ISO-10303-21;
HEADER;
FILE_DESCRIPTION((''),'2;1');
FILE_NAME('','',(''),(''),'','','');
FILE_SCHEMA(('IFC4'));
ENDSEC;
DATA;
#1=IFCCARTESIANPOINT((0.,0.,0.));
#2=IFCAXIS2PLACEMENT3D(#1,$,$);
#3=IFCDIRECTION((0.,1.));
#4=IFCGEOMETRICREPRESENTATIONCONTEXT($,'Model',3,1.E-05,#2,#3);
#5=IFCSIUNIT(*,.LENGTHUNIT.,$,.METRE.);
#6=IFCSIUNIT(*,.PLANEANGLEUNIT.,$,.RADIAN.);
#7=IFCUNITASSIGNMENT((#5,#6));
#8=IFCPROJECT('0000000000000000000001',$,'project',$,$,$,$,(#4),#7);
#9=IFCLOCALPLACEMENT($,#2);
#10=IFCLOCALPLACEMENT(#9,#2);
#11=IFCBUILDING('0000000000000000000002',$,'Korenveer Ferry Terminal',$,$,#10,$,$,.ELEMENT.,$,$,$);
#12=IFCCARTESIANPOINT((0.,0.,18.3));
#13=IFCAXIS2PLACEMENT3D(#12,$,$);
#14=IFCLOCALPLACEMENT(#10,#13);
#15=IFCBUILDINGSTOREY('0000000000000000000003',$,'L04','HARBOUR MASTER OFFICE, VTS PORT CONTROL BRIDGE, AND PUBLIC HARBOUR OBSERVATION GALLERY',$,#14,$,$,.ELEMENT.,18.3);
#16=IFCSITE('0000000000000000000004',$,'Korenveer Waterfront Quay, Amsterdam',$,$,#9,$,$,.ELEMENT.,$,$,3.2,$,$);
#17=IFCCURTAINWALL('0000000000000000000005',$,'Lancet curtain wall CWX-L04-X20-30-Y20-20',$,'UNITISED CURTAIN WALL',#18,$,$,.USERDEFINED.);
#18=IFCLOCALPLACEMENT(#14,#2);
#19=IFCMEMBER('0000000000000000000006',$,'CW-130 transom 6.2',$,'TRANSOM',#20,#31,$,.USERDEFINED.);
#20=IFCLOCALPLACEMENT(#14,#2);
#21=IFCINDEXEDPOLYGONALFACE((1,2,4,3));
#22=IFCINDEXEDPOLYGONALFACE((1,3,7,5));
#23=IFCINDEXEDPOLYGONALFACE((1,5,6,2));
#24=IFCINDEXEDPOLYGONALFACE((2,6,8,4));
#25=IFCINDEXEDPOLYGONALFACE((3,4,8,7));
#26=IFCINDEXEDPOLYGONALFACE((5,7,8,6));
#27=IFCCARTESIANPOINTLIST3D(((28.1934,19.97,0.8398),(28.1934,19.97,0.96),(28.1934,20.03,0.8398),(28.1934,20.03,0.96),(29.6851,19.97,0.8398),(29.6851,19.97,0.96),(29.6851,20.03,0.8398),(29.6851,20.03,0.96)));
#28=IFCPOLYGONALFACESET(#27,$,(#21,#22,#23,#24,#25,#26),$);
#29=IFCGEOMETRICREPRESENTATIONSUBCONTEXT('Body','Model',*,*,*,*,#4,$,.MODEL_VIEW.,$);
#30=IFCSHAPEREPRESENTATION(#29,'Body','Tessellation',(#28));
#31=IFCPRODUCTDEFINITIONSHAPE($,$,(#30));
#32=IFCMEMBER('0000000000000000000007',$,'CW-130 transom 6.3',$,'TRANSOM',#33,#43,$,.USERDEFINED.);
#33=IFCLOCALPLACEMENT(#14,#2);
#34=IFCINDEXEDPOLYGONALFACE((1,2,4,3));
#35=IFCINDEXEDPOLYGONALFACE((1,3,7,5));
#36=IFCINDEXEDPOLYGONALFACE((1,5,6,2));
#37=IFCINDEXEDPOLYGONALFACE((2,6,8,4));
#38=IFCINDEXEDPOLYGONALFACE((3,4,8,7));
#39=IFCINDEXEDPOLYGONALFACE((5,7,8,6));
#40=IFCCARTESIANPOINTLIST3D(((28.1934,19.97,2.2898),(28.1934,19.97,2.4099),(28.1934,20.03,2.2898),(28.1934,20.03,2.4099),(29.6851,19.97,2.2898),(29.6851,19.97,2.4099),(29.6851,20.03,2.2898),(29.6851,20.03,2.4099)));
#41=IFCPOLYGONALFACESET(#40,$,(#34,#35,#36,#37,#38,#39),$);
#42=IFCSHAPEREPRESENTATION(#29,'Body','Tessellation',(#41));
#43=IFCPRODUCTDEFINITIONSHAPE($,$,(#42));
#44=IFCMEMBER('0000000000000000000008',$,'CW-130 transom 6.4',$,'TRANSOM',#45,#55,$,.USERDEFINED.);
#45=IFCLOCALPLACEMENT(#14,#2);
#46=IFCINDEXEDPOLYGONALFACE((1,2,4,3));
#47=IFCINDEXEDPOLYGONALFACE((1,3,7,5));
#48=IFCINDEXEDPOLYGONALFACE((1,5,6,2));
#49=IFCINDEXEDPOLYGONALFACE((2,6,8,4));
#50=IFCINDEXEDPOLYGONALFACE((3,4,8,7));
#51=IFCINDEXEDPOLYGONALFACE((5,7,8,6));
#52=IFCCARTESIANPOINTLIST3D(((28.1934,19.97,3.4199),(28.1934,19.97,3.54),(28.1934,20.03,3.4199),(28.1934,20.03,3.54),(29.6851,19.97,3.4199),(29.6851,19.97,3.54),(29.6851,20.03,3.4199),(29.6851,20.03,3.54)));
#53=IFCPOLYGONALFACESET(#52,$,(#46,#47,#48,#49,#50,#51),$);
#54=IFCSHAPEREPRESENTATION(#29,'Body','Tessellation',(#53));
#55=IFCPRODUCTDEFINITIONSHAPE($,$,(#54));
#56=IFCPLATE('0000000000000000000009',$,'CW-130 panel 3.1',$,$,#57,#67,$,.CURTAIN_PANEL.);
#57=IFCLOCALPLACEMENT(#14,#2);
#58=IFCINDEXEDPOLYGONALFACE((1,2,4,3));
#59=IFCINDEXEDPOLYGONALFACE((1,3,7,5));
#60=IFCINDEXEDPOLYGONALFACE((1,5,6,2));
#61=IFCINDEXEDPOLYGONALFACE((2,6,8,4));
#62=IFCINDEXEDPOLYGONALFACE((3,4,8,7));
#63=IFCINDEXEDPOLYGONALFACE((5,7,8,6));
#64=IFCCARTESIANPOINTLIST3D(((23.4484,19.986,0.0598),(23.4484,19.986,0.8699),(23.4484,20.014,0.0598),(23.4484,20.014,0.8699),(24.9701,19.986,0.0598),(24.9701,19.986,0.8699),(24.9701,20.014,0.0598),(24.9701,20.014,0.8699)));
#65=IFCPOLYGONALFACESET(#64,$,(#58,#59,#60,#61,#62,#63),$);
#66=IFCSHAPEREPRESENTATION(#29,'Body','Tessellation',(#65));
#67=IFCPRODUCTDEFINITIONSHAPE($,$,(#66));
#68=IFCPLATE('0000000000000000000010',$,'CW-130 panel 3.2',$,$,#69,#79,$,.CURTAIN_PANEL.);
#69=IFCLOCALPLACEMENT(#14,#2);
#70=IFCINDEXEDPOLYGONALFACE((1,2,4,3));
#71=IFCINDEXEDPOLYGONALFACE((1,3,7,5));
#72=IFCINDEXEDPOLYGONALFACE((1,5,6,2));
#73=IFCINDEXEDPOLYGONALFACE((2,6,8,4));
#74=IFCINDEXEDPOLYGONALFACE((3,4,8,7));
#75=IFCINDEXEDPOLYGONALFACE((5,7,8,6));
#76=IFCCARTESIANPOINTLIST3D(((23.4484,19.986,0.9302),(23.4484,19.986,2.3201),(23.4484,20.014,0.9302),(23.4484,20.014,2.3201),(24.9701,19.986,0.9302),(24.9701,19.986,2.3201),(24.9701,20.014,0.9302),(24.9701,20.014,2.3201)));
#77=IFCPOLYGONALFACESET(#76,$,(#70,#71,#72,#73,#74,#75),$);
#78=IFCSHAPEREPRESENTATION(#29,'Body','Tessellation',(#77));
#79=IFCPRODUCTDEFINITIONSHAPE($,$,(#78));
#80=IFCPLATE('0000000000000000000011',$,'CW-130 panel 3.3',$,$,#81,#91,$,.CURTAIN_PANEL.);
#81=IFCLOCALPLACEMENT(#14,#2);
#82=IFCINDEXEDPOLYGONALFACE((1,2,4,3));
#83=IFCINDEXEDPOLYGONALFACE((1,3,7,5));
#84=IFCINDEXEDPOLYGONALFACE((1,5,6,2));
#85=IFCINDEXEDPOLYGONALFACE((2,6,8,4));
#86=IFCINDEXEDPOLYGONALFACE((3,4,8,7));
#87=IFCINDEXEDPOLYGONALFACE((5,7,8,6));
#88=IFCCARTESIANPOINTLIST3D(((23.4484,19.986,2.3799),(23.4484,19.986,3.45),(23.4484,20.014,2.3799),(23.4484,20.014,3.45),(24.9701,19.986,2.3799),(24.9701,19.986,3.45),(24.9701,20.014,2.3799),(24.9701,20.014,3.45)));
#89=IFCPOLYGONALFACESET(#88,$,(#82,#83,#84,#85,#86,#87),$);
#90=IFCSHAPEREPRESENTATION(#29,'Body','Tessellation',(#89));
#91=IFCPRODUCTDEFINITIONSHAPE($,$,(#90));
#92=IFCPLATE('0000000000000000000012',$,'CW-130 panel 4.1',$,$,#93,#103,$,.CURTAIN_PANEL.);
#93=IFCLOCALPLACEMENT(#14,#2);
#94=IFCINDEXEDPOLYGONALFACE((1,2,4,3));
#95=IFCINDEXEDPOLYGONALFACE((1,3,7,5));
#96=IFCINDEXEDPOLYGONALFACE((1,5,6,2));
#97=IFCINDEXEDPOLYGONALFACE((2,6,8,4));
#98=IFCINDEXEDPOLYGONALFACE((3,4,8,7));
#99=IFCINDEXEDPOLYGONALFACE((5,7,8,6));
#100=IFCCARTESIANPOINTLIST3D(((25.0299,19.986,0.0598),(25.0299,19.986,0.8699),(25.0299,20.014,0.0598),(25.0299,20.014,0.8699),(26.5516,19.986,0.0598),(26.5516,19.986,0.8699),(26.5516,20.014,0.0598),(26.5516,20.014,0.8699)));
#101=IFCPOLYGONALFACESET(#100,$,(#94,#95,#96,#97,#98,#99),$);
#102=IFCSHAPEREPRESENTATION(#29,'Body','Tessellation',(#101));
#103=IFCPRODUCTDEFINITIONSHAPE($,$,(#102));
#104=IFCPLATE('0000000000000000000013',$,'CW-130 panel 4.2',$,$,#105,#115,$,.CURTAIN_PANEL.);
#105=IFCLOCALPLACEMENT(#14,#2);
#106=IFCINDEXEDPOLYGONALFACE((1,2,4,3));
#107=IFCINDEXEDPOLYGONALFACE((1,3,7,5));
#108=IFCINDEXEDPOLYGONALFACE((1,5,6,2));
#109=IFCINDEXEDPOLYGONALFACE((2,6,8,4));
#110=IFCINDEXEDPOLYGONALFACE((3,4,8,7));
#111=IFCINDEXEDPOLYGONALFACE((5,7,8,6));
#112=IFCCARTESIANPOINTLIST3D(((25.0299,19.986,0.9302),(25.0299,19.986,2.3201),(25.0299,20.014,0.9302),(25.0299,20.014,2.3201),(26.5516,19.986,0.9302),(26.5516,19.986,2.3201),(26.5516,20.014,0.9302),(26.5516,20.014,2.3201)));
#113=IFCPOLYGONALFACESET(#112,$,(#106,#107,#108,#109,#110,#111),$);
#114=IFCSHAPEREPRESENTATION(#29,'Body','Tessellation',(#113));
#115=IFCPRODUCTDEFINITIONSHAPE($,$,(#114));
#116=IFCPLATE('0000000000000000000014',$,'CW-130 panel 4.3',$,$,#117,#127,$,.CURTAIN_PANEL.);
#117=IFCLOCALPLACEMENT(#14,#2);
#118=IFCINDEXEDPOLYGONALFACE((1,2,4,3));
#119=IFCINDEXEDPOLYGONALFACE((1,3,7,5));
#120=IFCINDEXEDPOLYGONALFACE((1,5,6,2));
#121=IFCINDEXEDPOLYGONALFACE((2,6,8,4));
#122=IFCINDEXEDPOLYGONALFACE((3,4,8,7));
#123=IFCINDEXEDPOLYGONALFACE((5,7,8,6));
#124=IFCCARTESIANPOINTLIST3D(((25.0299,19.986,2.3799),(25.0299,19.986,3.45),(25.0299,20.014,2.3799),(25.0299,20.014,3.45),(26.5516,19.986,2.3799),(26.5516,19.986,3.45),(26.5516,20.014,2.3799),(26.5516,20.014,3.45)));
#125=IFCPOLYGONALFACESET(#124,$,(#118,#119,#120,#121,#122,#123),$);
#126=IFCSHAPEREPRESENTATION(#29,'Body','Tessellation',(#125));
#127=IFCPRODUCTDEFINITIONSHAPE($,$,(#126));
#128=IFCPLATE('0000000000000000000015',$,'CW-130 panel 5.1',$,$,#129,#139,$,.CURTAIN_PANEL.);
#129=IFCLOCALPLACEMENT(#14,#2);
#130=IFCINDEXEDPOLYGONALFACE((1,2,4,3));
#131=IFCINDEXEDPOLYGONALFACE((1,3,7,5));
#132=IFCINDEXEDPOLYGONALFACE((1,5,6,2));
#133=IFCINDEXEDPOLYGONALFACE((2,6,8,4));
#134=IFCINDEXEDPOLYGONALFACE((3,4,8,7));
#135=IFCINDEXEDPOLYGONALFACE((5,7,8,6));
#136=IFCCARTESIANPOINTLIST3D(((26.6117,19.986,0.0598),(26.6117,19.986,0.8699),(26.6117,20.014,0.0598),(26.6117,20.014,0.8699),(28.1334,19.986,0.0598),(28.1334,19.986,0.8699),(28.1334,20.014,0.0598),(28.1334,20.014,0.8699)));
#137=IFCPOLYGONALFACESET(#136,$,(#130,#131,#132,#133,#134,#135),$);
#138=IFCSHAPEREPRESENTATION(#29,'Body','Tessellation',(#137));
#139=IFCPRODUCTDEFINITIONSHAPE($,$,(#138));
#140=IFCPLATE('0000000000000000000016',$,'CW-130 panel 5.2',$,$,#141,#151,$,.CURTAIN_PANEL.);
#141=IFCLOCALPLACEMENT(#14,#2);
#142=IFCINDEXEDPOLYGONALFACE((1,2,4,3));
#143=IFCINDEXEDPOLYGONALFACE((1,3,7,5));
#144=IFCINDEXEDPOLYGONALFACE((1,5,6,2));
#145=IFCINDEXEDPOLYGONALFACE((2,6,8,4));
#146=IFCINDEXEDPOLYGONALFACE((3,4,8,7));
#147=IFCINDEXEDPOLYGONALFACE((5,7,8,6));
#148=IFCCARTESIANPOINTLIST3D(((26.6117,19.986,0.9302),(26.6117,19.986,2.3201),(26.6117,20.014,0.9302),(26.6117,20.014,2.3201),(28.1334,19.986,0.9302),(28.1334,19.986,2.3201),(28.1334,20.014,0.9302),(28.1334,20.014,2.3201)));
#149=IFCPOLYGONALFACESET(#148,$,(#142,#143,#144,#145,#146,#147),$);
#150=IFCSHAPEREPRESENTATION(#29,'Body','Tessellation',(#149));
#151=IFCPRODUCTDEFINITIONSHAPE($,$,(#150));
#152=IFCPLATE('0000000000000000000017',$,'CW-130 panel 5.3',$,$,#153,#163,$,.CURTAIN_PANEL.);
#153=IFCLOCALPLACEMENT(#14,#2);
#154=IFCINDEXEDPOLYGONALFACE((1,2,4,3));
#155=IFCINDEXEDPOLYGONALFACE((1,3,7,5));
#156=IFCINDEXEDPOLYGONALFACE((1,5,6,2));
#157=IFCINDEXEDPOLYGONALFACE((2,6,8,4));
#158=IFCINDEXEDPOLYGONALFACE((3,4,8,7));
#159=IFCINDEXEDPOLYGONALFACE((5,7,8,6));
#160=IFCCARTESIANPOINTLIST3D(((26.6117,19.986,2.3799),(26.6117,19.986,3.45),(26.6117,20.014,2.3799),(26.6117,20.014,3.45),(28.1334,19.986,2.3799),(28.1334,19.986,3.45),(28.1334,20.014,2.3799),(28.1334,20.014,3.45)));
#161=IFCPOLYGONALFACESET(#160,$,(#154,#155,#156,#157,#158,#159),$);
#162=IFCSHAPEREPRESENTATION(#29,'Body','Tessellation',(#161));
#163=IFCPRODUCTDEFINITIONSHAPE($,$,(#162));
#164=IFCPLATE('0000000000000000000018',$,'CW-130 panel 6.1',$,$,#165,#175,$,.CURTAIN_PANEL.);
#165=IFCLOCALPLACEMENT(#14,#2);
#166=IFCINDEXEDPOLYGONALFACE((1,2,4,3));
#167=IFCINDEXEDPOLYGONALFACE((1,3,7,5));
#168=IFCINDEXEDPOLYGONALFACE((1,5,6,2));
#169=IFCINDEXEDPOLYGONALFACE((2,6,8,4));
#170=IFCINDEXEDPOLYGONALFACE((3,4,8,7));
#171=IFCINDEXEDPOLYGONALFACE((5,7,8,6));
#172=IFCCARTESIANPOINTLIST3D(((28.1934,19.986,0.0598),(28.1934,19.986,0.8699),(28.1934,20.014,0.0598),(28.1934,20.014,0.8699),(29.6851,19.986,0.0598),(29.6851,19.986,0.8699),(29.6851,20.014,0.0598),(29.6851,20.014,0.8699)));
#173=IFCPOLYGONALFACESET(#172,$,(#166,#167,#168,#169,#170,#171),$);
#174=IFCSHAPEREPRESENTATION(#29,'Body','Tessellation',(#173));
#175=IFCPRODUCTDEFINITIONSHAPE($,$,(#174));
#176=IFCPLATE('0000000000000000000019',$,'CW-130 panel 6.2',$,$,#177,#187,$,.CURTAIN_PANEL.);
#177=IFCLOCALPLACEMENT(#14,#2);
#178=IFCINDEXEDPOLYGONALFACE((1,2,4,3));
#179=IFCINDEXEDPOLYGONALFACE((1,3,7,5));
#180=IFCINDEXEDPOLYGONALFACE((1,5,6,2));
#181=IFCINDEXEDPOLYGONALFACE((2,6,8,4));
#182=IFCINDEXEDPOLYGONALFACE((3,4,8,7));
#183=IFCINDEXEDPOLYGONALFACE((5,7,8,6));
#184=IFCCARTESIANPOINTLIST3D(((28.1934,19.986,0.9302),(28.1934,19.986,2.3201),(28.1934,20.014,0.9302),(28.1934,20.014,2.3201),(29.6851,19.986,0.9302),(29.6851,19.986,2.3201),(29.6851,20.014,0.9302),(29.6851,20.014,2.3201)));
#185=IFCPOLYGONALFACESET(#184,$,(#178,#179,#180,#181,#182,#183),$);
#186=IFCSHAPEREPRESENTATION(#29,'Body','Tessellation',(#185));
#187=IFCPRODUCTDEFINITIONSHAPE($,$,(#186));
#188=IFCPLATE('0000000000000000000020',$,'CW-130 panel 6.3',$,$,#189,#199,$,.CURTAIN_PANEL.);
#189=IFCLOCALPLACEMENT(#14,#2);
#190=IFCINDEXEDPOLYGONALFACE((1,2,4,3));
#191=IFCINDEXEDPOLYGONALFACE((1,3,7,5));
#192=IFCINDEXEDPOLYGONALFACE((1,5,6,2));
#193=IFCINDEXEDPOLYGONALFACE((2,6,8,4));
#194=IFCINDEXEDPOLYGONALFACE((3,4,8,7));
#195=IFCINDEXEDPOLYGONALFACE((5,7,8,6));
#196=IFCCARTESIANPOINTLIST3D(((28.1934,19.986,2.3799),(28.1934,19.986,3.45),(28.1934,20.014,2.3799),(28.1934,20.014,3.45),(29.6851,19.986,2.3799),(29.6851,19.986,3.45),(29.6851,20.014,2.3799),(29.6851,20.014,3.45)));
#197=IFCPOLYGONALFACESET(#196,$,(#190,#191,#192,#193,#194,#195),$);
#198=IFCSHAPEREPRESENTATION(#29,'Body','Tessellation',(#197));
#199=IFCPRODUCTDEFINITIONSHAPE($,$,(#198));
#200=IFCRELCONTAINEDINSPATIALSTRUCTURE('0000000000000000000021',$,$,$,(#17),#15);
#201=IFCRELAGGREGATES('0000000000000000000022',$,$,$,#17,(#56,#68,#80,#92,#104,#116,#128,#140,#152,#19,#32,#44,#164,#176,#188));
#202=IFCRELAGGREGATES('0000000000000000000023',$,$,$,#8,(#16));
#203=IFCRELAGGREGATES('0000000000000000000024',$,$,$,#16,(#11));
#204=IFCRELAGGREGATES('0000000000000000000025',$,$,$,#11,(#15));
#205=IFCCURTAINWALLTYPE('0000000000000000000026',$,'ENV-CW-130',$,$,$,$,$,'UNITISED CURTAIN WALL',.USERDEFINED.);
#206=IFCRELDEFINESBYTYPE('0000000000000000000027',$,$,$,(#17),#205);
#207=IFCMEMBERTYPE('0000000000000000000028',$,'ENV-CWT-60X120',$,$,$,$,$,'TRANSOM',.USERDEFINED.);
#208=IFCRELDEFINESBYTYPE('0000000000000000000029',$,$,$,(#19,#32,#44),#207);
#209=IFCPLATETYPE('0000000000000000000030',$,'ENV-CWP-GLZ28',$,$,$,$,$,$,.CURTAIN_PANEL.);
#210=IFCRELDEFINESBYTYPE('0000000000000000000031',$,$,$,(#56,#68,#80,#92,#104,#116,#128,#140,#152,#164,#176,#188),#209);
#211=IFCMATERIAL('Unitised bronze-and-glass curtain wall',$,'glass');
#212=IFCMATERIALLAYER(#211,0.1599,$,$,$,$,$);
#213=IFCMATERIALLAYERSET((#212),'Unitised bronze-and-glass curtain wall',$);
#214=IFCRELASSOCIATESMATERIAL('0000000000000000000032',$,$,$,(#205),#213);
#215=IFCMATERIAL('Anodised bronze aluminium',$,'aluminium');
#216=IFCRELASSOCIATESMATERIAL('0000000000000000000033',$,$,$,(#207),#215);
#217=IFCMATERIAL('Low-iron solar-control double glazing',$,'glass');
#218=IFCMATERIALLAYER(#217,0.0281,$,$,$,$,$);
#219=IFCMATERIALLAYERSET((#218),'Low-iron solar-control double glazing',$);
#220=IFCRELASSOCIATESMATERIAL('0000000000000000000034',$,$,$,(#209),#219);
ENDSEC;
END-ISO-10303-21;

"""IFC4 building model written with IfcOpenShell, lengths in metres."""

from ifc_helpers import new_model, si_unit, direction, frame, origin, origin_2d, place, context, subcontext, project, spatial, rectangle, extrude, material, layer, layer_set, material_profile, profile_set, type_object, element, aggregate, save


model = new_model("IFC4")

# Units and contexts
model_context = context("Model", 3, precision=1e-05, world=origin(), true_north=direction((0.0, 1.0)))
body_context = subcontext(model_context, "Body", "Model", "MODEL_VIEW")
ifc_project = project(units=[si_unit("LENGTHUNIT", "METRE"), si_unit("PLANEANGLEUNIT", "RADIAN")], contexts=[model_context])

# Site, building, storey
site_placement = place(None, origin())
site = spatial("IfcSite", under=ifc_project, at=site_placement, Name="Korenveer Waterfront Quay, Amsterdam", CompositionType="ELEMENT", RefElevation=3.2)
building_placement = place(site_placement, origin())
building = spatial("IfcBuilding", under=site, at=building_placement, Name="Korenveer Ferry Terminal", CompositionType="ELEMENT")
storey_placement = place(building_placement, frame((0.0, 0.0, 18.3)))
storey = spatial("IfcBuildingStorey", under=building, at=storey_placement, Name="L04", Description="HARBOUR MASTER OFFICE, VTS PORT CONTROL BRIDGE, AND PUBLIC HARBOUR OBSERVATION GALLERY", CompositionType="ELEMENT", Elevation=18.3)

# Curtain wall, members, plates
ifc_material_1 = material(Name="Unitised bronze-and-glass curtain wall", Category="glass")
ifc_layer_1 = layer(ifc_material_1, 0.1599)
ifc_layer_set_1 = layer_set([ifc_layer_1], Name="Unitised bronze-and-glass curtain wall")
curtain_wall_type = type_object("IfcCurtainWallType", Name="ENV-CW-130", ElementType="UNITISED CURTAIN WALL", PredefinedType="USERDEFINED", material=ifc_layer_set_1)
curtain_wall_placement = place(storey_placement, frame((20.2549, 20.0, 0.0)))
curtain_wall = element("IfcCurtainWall", 1, at=curtain_wall_placement, inside=storey, type_object=curtain_wall_type, Name="Lancet curtain wall CWX-L04-X20-30-Y20-20", ObjectType="UNITISED CURTAIN WALL", PredefinedType="USERDEFINED")
ifc_material_2 = material(Name="Anodised bronze aluminium", Category="aluminium")
ifc_material_profile_1 = material_profile(ifc_material_2, rectangle(XDim=0.0601, YDim=0.1201, at=origin_2d()), Name="ALU 60x120")
ifc_profile_set_1 = profile_set([ifc_material_profile_1], Name="Anodised bronze aluminium")
member_type_1 = type_object("IfcMemberType", Name="ENV-CWT-60X120", ElementType="TRANSOM", PredefinedType="USERDEFINED", material=ifc_profile_set_1)
member_1_placement = place(storey_placement, frame((28.1934, 20.0, 0.8999), z_axis=(1.0, 0.0, 0.0), x_axis=(0.0, 1.0, 0.0)))
member_1 = element("IfcMember", 2, at=member_1_placement, type_object=member_type_1, Name="CW-130 transom 6.2", ObjectType="TRANSOM", PredefinedType="USERDEFINED", context=body_context, shape_type="SweptSolid", body=[
    extrude(rectangle(XDim=0.0601, YDim=0.1201, at=origin_2d()), origin(), (0.0, 0.0, 1.0), 1.4917),
])
member_2_placement = place(storey_placement, frame((28.1934, 20.0, 2.3499), z_axis=(1.0, 0.0, 0.0), x_axis=(0.0, 1.0, 0.0)))
member_2 = element("IfcMember", 3, at=member_2_placement, type_object=member_type_1, Name="CW-130 transom 6.3", ObjectType="TRANSOM", PredefinedType="USERDEFINED", context=body_context, shape_type="SweptSolid", body=[
    extrude(rectangle(XDim=0.0601, YDim=0.1201, at=origin_2d()), origin(), (0.0, 0.0, 1.0), 1.4917),
])
member_3_placement = place(storey_placement, frame((28.1934, 20.0, 3.48), z_axis=(1.0, 0.0, 0.0), x_axis=(0.0, 1.0, 0.0)))
member_3 = element("IfcMember", 4, at=member_3_placement, type_object=member_type_1, Name="CW-130 transom 6.4", ObjectType="TRANSOM", PredefinedType="USERDEFINED", context=body_context, shape_type="SweptSolid", body=[
    extrude(rectangle(XDim=0.0601, YDim=0.1201, at=origin_2d()), origin(), (0.0, 0.0, 1.0), 1.4917),
])
ifc_material_3 = material(Name="Low-iron solar-control double glazing", Category="glass")
ifc_layer_2 = layer(ifc_material_3, 0.0281)
ifc_layer_set_2 = layer_set([ifc_layer_2], Name="Low-iron solar-control double glazing")
plate_type = type_object("IfcPlateType", Name="ENV-CWP-GLZ28", PredefinedType="CURTAIN_PANEL", material=ifc_layer_set_2)
plate_1_placement = place(storey_placement, frame((24.2092, 20.0, 0.0598), z_axis=(0.0, 0.0, 1.0), x_axis=(1.0, 0.0, 0.0)))
plate_1 = element("IfcPlate", 5, at=plate_1_placement, type_object=plate_type, Name="CW-130 panel 3.1", PredefinedType="CURTAIN_PANEL", context=body_context, shape_type="SweptSolid", body=[
    extrude(rectangle(XDim=1.5217, YDim=0.0281, at=origin_2d()), origin(), (0.0, 0.0, 1.0), 0.8101),
])
plate_2_placement = place(storey_placement, frame((24.2092, 20.0, 0.9302), z_axis=(0.0, 0.0, 1.0), x_axis=(1.0, 0.0, 0.0)))
plate_2 = element("IfcPlate", 6, at=plate_2_placement, type_object=plate_type, Name="CW-130 panel 3.2", PredefinedType="CURTAIN_PANEL", context=body_context, shape_type="SweptSolid", body=[
    extrude(rectangle(XDim=1.5217, YDim=0.0281, at=origin_2d()), origin(), (0.0, 0.0, 1.0), 1.3899),
])
plate_3_placement = place(storey_placement, frame((24.2092, 20.0, 2.3799), z_axis=(0.0, 0.0, 1.0), x_axis=(1.0, 0.0, 0.0)))
plate_3 = element("IfcPlate", 7, at=plate_3_placement, type_object=plate_type, Name="CW-130 panel 3.3", PredefinedType="CURTAIN_PANEL", context=body_context, shape_type="SweptSolid", body=[
    extrude(rectangle(XDim=1.5217, YDim=0.0281, at=origin_2d()), origin(), (0.0, 0.0, 1.0), 1.0701),
])
plate_4_placement = place(storey_placement, frame((25.7908, 20.0, 0.0598), z_axis=(0.0, 0.0, 1.0), x_axis=(1.0, 0.0, 0.0)))
plate_4 = element("IfcPlate", 8, at=plate_4_placement, type_object=plate_type, Name="CW-130 panel 4.1", PredefinedType="CURTAIN_PANEL", context=body_context, shape_type="SweptSolid", body=[
    extrude(rectangle(XDim=1.5217, YDim=0.0281, at=origin_2d()), origin(), (0.0, 0.0, 1.0), 0.8101),
])
plate_5_placement = place(storey_placement, frame((25.7908, 20.0, 0.9302), z_axis=(0.0, 0.0, 1.0), x_axis=(1.0, 0.0, 0.0)))
plate_5 = element("IfcPlate", 9, at=plate_5_placement, type_object=plate_type, Name="CW-130 panel 4.2", PredefinedType="CURTAIN_PANEL", context=body_context, shape_type="SweptSolid", body=[
    extrude(rectangle(XDim=1.5217, YDim=0.0281, at=origin_2d()), origin(), (0.0, 0.0, 1.0), 1.3899),
])
plate_6_placement = place(storey_placement, frame((25.7908, 20.0, 2.3799), z_axis=(0.0, 0.0, 1.0), x_axis=(1.0, 0.0, 0.0)))
plate_6 = element("IfcPlate", 10, at=plate_6_placement, type_object=plate_type, Name="CW-130 panel 4.3", PredefinedType="CURTAIN_PANEL", context=body_context, shape_type="SweptSolid", body=[
    extrude(rectangle(XDim=1.5217, YDim=0.0281, at=origin_2d()), origin(), (0.0, 0.0, 1.0), 1.0701),
])
plate_7_placement = place(storey_placement, frame((27.3726, 20.0, 0.0598), z_axis=(0.0, 0.0, 1.0), x_axis=(1.0, 0.0, 0.0)))
plate_7 = element("IfcPlate", 11, at=plate_7_placement, type_object=plate_type, Name="CW-130 panel 5.1", PredefinedType="CURTAIN_PANEL", context=body_context, shape_type="SweptSolid", body=[
    extrude(rectangle(XDim=1.5217, YDim=0.0281, at=origin_2d()), origin(), (0.0, 0.0, 1.0), 0.8101),
])
plate_8_placement = place(storey_placement, frame((27.3726, 20.0, 0.9302), z_axis=(0.0, 0.0, 1.0), x_axis=(1.0, 0.0, 0.0)))
plate_8 = element("IfcPlate", 12, at=plate_8_placement, type_object=plate_type, Name="CW-130 panel 5.2", PredefinedType="CURTAIN_PANEL", context=body_context, shape_type="SweptSolid", body=[
    extrude(rectangle(XDim=1.5217, YDim=0.0281, at=origin_2d()), origin(), (0.0, 0.0, 1.0), 1.3899),
])
plate_9_placement = place(storey_placement, frame((27.3726, 20.0, 2.3799), z_axis=(0.0, 0.0, 1.0), x_axis=(1.0, 0.0, 0.0)))
plate_9 = element("IfcPlate", 13, at=plate_9_placement, type_object=plate_type, Name="CW-130 panel 5.3", PredefinedType="CURTAIN_PANEL", context=body_context, shape_type="SweptSolid", body=[
    extrude(rectangle(XDim=1.5217, YDim=0.0281, at=origin_2d()), origin(), (0.0, 0.0, 1.0), 1.0701),
])
plate_10_placement = place(storey_placement, frame((28.9392, 20.0, 0.0598), z_axis=(0.0, 0.0, 1.0), x_axis=(1.0, 0.0, 0.0)))
plate_10 = element("IfcPlate", 14, at=plate_10_placement, type_object=plate_type, Name="CW-130 panel 6.1", PredefinedType="CURTAIN_PANEL", context=body_context, shape_type="SweptSolid", body=[
    extrude(rectangle(XDim=1.4917, YDim=0.0281, at=origin_2d()), origin(), (0.0, 0.0, 1.0), 0.8101),
])
plate_11_placement = place(storey_placement, frame((28.9392, 20.0, 0.9302), z_axis=(0.0, 0.0, 1.0), x_axis=(1.0, 0.0, 0.0)))
plate_11 = element("IfcPlate", 15, at=plate_11_placement, type_object=plate_type, Name="CW-130 panel 6.2", PredefinedType="CURTAIN_PANEL", context=body_context, shape_type="SweptSolid", body=[
    extrude(rectangle(XDim=1.4917, YDim=0.0281, at=origin_2d()), origin(), (0.0, 0.0, 1.0), 1.3899),
])
plate_12_placement = place(storey_placement, frame((28.9392, 20.0, 2.3799), z_axis=(0.0, 0.0, 1.0), x_axis=(1.0, 0.0, 0.0)))
plate_12 = element("IfcPlate", 16, at=plate_12_placement, type_object=plate_type, Name="CW-130 panel 6.3", PredefinedType="CURTAIN_PANEL", context=body_context, shape_type="SweptSolid", body=[
    extrude(rectangle(XDim=1.4917, YDim=0.0281, at=origin_2d()), origin(), (0.0, 0.0, 1.0), 1.0701),
])
aggregate(curtain_wall, [plate_1, plate_2, plate_3, plate_4, plate_5, plate_6, plate_7, plate_8, plate_9, member_1, member_2, member_3, plate_10, plate_11, plate_12])

save(model, "model.ifc")
